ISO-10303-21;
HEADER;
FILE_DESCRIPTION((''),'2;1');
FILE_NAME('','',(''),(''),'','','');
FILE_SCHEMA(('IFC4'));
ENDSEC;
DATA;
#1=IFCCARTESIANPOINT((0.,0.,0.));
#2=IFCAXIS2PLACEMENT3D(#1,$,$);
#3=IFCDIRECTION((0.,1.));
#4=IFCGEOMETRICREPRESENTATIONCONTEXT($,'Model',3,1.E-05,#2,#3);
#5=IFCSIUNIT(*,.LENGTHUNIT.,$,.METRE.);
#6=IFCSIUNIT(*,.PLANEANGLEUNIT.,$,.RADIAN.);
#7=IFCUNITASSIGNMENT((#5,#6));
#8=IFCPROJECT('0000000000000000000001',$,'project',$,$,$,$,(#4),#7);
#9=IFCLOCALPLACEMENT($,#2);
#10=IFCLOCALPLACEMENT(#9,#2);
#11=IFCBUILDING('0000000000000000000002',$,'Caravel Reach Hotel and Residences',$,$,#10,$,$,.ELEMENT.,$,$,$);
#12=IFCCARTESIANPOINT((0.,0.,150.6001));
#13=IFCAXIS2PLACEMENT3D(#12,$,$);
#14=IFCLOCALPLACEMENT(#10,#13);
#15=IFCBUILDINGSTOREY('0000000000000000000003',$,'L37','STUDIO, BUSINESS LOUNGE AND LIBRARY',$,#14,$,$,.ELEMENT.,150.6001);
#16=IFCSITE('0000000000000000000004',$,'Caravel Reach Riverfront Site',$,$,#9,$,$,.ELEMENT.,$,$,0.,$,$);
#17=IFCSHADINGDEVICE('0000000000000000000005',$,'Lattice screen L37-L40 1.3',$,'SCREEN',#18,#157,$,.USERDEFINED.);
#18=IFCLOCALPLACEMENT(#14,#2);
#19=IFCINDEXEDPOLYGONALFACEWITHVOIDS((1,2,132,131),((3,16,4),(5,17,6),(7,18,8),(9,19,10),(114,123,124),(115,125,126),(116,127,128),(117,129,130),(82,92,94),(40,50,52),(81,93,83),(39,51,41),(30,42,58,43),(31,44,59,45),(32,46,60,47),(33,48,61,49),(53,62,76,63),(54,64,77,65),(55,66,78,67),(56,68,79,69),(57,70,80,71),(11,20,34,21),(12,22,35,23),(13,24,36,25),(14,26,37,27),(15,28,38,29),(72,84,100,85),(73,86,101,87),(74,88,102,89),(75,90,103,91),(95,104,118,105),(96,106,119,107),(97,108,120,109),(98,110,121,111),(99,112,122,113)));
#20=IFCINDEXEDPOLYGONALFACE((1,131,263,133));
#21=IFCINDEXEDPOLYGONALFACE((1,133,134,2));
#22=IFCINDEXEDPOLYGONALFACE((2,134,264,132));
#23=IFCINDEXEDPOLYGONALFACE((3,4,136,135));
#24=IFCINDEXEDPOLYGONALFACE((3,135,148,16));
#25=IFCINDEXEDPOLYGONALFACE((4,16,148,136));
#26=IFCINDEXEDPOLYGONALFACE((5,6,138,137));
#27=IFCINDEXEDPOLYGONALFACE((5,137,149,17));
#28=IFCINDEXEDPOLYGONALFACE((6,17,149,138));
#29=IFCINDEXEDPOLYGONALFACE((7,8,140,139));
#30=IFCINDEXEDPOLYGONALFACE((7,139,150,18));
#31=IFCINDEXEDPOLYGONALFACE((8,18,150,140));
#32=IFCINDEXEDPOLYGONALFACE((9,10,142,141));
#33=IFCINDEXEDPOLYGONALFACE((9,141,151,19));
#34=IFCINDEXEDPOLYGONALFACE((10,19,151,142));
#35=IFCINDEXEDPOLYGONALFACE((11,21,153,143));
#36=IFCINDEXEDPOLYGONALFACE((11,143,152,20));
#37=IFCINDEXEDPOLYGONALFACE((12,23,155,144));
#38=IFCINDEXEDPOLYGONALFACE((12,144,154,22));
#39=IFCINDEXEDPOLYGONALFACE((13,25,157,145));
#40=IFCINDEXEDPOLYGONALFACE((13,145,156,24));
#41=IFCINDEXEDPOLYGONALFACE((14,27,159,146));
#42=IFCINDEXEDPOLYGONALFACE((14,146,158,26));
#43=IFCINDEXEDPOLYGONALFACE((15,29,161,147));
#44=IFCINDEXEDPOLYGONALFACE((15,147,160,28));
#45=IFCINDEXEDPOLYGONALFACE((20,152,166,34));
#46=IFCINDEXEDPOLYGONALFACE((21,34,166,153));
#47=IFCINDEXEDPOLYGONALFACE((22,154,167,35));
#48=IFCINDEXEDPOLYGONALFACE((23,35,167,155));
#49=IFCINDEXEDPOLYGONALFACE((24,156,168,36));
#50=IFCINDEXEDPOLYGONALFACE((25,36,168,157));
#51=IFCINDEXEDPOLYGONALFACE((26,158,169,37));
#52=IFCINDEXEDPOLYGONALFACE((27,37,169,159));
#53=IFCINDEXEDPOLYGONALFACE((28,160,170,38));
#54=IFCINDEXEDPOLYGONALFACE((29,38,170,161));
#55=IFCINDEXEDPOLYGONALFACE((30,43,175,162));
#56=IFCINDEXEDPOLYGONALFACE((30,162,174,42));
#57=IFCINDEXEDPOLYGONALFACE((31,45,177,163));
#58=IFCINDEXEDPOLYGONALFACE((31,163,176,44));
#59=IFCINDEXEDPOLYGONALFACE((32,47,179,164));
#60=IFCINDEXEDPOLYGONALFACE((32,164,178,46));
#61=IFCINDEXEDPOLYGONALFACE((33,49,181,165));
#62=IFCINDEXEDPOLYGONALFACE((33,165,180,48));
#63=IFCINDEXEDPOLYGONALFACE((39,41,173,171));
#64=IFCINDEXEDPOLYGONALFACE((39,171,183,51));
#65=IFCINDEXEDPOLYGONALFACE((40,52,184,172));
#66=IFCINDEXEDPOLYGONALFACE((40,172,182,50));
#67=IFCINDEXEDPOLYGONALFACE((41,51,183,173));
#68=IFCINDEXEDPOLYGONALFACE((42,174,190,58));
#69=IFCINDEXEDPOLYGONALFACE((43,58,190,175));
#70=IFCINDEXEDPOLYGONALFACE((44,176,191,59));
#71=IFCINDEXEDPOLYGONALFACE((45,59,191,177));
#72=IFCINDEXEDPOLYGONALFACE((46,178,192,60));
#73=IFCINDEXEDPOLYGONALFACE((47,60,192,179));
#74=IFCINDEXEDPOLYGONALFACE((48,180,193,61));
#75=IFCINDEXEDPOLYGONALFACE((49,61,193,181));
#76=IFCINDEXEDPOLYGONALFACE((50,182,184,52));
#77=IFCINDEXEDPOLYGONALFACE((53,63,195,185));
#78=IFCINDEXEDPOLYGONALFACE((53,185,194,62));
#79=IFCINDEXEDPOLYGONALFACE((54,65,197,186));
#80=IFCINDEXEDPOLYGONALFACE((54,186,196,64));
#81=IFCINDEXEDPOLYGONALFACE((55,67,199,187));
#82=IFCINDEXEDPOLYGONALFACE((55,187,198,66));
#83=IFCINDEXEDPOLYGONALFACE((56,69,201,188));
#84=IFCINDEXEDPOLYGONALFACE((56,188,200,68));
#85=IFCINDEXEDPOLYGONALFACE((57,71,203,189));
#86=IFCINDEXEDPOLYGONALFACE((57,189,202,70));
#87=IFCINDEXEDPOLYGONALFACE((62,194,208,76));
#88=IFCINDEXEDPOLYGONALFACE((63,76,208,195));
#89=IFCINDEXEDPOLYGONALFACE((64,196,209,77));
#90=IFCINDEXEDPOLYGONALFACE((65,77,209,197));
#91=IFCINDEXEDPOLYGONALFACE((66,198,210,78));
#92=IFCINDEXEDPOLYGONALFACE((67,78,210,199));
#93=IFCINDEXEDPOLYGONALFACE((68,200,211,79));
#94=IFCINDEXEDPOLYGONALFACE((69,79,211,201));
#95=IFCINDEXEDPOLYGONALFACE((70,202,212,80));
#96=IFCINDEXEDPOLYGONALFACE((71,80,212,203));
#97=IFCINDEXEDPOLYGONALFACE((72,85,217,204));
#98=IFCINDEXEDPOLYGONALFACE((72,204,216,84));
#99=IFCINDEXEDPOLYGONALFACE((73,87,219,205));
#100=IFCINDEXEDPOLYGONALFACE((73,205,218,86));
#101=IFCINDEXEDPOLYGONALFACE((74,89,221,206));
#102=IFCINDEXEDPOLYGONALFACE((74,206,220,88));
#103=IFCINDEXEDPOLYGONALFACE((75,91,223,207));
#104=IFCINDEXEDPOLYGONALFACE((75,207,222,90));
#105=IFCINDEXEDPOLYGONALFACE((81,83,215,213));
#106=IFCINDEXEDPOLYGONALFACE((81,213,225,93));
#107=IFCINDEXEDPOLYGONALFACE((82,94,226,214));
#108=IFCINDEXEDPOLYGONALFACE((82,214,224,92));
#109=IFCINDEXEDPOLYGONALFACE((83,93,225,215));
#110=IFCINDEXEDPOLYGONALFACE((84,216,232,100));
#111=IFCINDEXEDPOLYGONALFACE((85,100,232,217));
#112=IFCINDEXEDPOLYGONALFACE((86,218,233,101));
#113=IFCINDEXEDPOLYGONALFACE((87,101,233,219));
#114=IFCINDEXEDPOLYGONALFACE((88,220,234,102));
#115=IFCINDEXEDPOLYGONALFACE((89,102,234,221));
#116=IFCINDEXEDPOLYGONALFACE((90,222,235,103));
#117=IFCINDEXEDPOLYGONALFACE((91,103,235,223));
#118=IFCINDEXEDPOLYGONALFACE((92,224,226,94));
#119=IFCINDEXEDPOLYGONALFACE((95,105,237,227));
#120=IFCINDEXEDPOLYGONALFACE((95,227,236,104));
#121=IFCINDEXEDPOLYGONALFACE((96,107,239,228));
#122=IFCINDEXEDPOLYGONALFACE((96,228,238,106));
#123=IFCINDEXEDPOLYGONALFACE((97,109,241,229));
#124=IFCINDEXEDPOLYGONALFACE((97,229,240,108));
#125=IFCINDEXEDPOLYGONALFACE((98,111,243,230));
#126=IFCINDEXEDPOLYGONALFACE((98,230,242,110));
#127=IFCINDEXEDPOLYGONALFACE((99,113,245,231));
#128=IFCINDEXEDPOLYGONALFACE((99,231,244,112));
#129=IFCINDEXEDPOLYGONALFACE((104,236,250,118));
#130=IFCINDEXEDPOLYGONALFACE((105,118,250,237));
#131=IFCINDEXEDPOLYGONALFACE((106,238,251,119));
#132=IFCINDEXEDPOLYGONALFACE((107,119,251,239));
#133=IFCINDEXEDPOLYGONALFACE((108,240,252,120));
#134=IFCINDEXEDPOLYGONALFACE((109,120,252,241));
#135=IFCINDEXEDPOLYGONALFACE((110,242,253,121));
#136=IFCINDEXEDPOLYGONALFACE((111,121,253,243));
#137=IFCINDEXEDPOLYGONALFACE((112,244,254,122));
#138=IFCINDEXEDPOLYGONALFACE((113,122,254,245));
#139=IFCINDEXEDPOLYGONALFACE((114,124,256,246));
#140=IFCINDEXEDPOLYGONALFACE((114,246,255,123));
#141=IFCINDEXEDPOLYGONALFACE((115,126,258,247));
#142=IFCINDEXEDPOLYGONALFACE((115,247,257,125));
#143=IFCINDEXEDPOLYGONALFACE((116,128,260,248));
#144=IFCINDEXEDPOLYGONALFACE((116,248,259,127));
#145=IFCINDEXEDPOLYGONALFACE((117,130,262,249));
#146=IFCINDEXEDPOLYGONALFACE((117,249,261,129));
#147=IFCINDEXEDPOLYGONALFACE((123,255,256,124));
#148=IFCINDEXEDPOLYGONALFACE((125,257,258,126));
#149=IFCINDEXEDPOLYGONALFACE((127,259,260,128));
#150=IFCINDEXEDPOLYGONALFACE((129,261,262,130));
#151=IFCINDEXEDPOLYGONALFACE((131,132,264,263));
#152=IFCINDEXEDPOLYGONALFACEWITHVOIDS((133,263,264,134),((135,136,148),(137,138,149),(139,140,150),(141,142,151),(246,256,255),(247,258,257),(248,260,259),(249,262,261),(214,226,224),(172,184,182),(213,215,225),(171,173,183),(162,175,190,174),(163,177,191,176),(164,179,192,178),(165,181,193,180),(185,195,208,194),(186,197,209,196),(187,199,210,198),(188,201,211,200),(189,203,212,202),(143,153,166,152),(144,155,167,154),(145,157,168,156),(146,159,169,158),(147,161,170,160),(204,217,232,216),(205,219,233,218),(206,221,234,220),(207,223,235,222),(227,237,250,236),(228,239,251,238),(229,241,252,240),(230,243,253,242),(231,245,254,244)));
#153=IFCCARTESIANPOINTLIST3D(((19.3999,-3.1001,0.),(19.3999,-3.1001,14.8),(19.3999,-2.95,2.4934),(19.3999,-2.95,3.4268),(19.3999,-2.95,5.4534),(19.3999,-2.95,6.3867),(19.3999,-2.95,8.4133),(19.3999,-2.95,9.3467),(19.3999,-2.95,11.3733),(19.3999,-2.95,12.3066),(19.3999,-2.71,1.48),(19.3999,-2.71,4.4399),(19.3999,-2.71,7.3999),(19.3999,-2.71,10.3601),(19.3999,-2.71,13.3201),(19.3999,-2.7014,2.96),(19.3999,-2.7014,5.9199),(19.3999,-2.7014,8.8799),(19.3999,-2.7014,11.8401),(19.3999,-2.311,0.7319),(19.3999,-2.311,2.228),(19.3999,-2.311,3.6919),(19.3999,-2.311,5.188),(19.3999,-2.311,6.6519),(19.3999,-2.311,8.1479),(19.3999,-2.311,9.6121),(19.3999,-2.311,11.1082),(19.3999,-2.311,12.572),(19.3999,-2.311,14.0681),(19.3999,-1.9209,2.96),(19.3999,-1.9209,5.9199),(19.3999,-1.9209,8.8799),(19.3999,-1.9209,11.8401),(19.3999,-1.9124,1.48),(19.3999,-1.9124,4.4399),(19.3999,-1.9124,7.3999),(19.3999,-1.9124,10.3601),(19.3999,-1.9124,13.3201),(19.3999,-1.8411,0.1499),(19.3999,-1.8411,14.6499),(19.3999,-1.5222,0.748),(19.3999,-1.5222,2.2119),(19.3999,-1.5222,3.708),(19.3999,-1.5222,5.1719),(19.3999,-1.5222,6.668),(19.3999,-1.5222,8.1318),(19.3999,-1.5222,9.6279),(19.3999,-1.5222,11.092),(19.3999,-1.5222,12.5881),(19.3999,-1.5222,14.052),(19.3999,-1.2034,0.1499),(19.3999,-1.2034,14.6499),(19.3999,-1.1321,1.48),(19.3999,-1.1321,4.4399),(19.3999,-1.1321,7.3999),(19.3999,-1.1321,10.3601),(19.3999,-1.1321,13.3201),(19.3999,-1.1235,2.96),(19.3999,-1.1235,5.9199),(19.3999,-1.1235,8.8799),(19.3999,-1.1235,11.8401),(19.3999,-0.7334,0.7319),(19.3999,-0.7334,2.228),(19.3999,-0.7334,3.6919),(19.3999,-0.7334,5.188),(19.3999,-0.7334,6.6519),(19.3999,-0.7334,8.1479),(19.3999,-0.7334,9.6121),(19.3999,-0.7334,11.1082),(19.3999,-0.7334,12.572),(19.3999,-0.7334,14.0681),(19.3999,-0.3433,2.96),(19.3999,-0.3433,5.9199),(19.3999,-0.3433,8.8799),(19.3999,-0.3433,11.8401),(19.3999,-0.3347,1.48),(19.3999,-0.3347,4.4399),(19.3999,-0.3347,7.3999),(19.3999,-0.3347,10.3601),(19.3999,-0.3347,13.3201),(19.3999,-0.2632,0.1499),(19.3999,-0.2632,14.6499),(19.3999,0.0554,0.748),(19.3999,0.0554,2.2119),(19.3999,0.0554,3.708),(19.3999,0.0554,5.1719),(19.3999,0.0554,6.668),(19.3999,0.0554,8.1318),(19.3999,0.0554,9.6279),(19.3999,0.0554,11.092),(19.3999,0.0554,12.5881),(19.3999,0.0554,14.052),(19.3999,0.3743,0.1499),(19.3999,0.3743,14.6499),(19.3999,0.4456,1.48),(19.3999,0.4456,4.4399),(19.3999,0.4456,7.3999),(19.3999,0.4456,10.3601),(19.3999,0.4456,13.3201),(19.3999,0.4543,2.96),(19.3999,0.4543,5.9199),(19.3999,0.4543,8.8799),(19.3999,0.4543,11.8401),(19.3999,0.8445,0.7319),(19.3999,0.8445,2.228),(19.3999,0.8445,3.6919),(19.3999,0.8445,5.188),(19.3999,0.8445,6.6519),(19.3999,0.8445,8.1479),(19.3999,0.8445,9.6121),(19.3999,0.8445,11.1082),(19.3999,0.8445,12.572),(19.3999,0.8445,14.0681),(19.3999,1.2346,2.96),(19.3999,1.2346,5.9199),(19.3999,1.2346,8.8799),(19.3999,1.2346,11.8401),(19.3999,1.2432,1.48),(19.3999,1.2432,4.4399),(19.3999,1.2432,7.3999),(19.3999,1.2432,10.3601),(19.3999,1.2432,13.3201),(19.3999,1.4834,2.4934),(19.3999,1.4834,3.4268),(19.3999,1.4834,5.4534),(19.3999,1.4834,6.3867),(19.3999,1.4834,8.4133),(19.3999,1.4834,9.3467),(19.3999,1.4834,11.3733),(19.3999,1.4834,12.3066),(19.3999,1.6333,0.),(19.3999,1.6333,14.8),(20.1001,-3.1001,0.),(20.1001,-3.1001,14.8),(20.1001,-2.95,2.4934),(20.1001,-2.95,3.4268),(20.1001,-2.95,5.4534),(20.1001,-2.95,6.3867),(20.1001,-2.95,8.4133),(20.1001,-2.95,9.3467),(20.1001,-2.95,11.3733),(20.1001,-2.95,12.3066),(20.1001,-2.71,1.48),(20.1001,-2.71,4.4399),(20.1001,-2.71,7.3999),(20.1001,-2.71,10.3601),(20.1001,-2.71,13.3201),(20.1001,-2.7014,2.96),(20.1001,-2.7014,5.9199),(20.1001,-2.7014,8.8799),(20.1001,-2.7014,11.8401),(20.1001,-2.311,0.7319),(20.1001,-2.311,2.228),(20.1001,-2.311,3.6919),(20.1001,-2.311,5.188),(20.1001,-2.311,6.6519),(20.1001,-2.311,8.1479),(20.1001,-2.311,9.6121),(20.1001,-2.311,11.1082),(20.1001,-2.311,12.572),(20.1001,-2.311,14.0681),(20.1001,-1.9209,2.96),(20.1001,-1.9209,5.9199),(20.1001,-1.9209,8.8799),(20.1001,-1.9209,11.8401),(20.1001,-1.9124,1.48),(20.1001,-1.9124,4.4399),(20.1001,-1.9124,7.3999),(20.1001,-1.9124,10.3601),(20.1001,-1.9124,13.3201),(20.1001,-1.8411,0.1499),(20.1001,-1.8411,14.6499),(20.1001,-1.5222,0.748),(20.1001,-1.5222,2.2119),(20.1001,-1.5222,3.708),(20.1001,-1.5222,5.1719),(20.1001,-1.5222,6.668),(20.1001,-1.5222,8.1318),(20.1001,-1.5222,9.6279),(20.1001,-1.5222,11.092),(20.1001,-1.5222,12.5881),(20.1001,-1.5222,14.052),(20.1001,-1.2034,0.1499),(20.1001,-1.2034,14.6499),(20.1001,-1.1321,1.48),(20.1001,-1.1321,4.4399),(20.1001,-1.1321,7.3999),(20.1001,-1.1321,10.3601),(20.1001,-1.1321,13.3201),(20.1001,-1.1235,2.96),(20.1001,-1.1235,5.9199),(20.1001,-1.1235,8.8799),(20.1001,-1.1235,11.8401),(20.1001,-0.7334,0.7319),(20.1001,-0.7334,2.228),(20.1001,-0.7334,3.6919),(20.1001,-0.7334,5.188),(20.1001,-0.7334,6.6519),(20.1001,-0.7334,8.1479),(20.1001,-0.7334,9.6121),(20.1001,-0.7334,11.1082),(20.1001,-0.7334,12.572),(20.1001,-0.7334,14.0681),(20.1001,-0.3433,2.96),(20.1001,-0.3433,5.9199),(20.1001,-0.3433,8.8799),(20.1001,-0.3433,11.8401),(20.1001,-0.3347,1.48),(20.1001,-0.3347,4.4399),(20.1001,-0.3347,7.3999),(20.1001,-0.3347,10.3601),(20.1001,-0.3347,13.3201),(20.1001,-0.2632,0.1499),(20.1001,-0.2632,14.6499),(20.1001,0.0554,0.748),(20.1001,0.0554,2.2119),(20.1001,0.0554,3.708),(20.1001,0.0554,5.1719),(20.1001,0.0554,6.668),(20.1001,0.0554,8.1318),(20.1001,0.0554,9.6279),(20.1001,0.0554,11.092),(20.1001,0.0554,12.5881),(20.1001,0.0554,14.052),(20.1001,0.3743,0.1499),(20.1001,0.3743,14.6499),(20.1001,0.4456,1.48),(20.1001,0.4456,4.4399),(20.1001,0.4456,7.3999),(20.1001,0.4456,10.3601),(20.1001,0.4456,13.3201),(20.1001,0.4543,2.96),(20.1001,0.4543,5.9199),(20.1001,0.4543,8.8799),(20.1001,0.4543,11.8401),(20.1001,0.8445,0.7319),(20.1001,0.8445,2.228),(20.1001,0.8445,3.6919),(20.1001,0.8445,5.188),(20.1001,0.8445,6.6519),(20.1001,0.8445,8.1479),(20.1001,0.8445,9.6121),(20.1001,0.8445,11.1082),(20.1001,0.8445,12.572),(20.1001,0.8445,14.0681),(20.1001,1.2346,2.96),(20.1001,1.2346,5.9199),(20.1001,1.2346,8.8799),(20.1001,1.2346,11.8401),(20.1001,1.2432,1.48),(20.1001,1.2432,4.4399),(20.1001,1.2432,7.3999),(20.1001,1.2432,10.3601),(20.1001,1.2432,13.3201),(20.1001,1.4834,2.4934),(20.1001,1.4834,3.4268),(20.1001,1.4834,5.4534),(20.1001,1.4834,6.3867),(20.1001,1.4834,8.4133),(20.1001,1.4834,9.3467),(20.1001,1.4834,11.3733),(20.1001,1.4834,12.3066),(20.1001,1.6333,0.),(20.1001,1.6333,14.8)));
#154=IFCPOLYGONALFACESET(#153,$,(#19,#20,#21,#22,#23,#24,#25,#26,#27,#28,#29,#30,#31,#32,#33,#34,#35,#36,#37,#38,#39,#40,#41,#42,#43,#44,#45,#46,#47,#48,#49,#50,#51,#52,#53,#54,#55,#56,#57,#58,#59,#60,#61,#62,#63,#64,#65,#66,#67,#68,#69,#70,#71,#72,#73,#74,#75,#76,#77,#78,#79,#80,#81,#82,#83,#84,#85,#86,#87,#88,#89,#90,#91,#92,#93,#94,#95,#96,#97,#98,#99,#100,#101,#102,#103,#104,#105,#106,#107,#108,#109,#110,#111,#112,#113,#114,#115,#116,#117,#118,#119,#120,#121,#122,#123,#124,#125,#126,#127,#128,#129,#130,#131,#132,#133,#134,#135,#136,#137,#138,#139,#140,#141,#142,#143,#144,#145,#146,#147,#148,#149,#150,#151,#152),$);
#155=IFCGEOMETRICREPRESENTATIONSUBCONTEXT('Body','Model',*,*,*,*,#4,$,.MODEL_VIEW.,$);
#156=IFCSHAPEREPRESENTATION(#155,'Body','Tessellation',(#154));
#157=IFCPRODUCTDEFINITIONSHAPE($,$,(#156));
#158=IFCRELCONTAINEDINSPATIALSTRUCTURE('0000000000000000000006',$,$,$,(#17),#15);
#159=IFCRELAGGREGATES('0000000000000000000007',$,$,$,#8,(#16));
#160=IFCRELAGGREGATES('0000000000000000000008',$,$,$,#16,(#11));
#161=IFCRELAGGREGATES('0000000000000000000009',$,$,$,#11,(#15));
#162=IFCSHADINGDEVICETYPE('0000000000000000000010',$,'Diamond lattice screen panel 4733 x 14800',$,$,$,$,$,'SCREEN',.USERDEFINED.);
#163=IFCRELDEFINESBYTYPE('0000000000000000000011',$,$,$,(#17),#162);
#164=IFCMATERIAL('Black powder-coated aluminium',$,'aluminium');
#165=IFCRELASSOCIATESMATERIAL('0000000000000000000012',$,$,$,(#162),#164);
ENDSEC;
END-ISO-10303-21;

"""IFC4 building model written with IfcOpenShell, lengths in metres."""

from ifc_helpers import new_model, si_unit, direction, frame, origin, place, context, subcontext, project, spatial, polyline, outline, extrude, material, type_object, element, save


model = new_model("IFC4")

# Units and contexts
model_context = context("Model", 3, precision=1e-05, world=origin(), true_north=direction((0.0, 1.0)))
body_context = subcontext(model_context, "Body", "Model", "MODEL_VIEW")
ifc_project = project(units=[si_unit("LENGTHUNIT", "METRE"), si_unit("PLANEANGLEUNIT", "RADIAN")], contexts=[model_context])

# Site, building, storey
site_placement = place(None, origin())
site = spatial("IfcSite", under=ifc_project, at=site_placement, Name="Caravel Reach Riverfront Site", CompositionType="ELEMENT", RefElevation=0.0)
building_placement = place(site_placement, origin())
building = spatial("IfcBuilding", under=site, at=building_placement, Name="Caravel Reach Hotel and Residences", CompositionType="ELEMENT")
storey_placement = place(building_placement, frame((0.0, 0.0, 150.6001)))
storey = spatial("IfcBuildingStorey", under=building, at=storey_placement, Name="L37", Description="STUDIO, BUSINESS LOUNGE AND LIBRARY", CompositionType="ELEMENT", Elevation=150.6001)

# Shading device
ifc_material_1 = material(Name="Black powder-coated aluminium", Category="aluminium")
shading_device_type_1 = type_object("IfcShadingDeviceType", Name="Diamond lattice screen panel 4733 x 14800", ElementType="SCREEN", PredefinedType="USERDEFINED", material=ifc_material_1)
shading_device_1_placement = place(storey_placement, frame((20.1001, 1.6333, 0.0), z_axis=(-1.0, 0.0, 0.0), x_axis=(0.0, -1.0, 0.0)))
element("IfcShadingDevice", 1, at=shading_device_1_placement, inside=storey, type_object=shading_device_type_1, Name="Lattice screen L37-L40 1.3", ObjectType="SCREEN", PredefinedType="USERDEFINED", context=body_context, shape_type="SweptSolid", body=[
    extrude(outline(polyline([(0.0, 0.0), (4.7334, 0.0), (4.7334, 14.8), (0.0, 14.8), (0.0, 0.0)]), holes=[polyline([(0.3987, 2.96), (0.1499, 3.4268), (0.1499, 2.4934), (0.3987, 2.96)]), polyline([(0.3987, 5.9199), (0.1499, 6.3867), (0.1499, 5.4534), (0.3987, 5.9199)]), polyline([(0.3987, 8.8799), (0.1499, 9.3467), (0.1499, 8.4133), (0.3987, 8.8799)]), polyline([(0.3987, 11.8401), (0.1499, 12.3066), (0.1499, 11.3733), (0.3987, 11.8401)]), polyline([(0.7888, 2.228), (0.3901, 1.48), (0.7888, 0.7319), (1.1877, 1.48), (0.7888, 2.228)]), polyline([(0.7888, 5.188), (0.3901, 4.4399), (0.7888, 3.6919), (1.1877, 4.4399), (0.7888, 5.188)]), polyline([(0.7888, 8.1479), (0.3901, 7.3999), (0.7888, 6.6519), (1.1877, 7.3999), (0.7888, 8.1479)]), polyline([(0.7888, 11.1082), (0.3901, 10.3601), (0.7888, 9.6121), (1.1877, 10.3601), (0.7888, 11.1082)]), polyline([(0.7888, 14.0681), (0.3901, 13.3201), (0.7888, 12.572), (1.1877, 13.3201), (0.7888, 14.0681)]), polyline([(1.5779, 0.748), (1.259, 0.1499), (1.8965, 0.1499), (1.5779, 0.748)]), polyline([(1.5779, 3.708), (1.179, 2.96), (1.5779, 2.2119), (1.9766, 2.96), (1.5779, 3.708)]), polyline([(1.5779, 6.668), (1.179, 5.9199), (1.5779, 5.1719), (1.9766, 5.9199), (1.5779, 6.668)]), polyline([(1.5779, 9.6279), (1.179, 8.8799), (1.5779, 8.1318), (1.9766, 8.8799), (1.5779, 9.6279)]), polyline([(1.5779, 12.5881), (1.179, 11.8401), (1.5779, 11.092), (1.9766, 11.8401), (1.5779, 12.5881)]), polyline([(1.5779, 14.052), (1.8965, 14.6499), (1.259, 14.6499), (1.5779, 14.052)]), polyline([(2.3667, 2.228), (1.968, 1.48), (2.3667, 0.7319), (2.7654, 1.48), (2.3667, 2.228)]), polyline([(2.3667, 5.188), (1.968, 4.4399), (2.3667, 3.6919), (2.7654, 4.4399), (2.3667, 5.188)]), polyline([(2.3667, 8.1479), (1.968, 7.3999), (2.3667, 6.6519), (2.7654, 7.3999), (2.3667, 8.1479)]), polyline([(2.3667, 11.1082), (1.968, 10.3601), (2.3667, 9.6121), (2.7654, 10.3601), (2.3667, 11.1082)]), polyline([(2.3667, 14.0681), (1.968, 13.3201), (2.3667, 12.572), (2.7654, 13.3201), (2.3667, 14.0681)]), polyline([(3.1555, 0.748), (2.8367, 0.1499), (3.4744, 0.1499), (3.1555, 0.748)]), polyline([(3.1555, 3.708), (2.7568, 2.96), (3.1555, 2.2119), (3.5542, 2.96), (3.1555, 3.708)]), polyline([(3.1555, 6.668), (2.7568, 5.9199), (3.1555, 5.1719), (3.5542, 5.9199), (3.1555, 6.668)]), polyline([(3.1555, 9.6279), (2.7568, 8.8799), (3.1555, 8.1318), (3.5542, 8.8799), (3.1555, 9.6279)]), polyline([(3.1555, 12.5881), (2.7568, 11.8401), (3.1555, 11.092), (3.5542, 11.8401), (3.1555, 12.5881)]), polyline([(3.1555, 14.052), (3.4744, 14.6499), (2.8367, 14.6499), (3.1555, 14.052)]), polyline([(3.9443, 2.228), (3.5457, 1.48), (3.9443, 0.7319), (4.3433, 1.48), (3.9443, 2.228)]), polyline([(3.9443, 5.188), (3.5457, 4.4399), (3.9443, 3.6919), (4.3433, 4.4399), (3.9443, 5.188)]), polyline([(3.9443, 8.1479), (3.5457, 7.3999), (3.9443, 6.6519), (4.3433, 7.3999), (3.9443, 8.1479)]), polyline([(3.9443, 11.1082), (3.5457, 10.3601), (3.9443, 9.6121), (4.3433, 10.3601), (3.9443, 11.1082)]), polyline([(3.9443, 14.0681), (3.5457, 13.3201), (3.9443, 12.572), (4.3433, 13.3201), (3.9443, 14.0681)]), polyline([(4.3347, 2.96), (4.5833, 2.4934), (4.5833, 3.4268), (4.3347, 2.96)]), polyline([(4.3347, 5.9199), (4.5833, 5.4534), (4.5833, 6.3867), (4.3347, 5.9199)]), polyline([(4.3347, 8.8799), (4.5833, 8.4133), (4.5833, 9.3467), (4.3347, 8.8799)]), polyline([(4.3347, 11.8401), (4.5833, 11.3733), (4.5833, 12.3066), (4.3347, 11.8401)])]), origin(), (0.0, 0.0, 1.0), 0.7002),
])

save(model, "model.ifc")
